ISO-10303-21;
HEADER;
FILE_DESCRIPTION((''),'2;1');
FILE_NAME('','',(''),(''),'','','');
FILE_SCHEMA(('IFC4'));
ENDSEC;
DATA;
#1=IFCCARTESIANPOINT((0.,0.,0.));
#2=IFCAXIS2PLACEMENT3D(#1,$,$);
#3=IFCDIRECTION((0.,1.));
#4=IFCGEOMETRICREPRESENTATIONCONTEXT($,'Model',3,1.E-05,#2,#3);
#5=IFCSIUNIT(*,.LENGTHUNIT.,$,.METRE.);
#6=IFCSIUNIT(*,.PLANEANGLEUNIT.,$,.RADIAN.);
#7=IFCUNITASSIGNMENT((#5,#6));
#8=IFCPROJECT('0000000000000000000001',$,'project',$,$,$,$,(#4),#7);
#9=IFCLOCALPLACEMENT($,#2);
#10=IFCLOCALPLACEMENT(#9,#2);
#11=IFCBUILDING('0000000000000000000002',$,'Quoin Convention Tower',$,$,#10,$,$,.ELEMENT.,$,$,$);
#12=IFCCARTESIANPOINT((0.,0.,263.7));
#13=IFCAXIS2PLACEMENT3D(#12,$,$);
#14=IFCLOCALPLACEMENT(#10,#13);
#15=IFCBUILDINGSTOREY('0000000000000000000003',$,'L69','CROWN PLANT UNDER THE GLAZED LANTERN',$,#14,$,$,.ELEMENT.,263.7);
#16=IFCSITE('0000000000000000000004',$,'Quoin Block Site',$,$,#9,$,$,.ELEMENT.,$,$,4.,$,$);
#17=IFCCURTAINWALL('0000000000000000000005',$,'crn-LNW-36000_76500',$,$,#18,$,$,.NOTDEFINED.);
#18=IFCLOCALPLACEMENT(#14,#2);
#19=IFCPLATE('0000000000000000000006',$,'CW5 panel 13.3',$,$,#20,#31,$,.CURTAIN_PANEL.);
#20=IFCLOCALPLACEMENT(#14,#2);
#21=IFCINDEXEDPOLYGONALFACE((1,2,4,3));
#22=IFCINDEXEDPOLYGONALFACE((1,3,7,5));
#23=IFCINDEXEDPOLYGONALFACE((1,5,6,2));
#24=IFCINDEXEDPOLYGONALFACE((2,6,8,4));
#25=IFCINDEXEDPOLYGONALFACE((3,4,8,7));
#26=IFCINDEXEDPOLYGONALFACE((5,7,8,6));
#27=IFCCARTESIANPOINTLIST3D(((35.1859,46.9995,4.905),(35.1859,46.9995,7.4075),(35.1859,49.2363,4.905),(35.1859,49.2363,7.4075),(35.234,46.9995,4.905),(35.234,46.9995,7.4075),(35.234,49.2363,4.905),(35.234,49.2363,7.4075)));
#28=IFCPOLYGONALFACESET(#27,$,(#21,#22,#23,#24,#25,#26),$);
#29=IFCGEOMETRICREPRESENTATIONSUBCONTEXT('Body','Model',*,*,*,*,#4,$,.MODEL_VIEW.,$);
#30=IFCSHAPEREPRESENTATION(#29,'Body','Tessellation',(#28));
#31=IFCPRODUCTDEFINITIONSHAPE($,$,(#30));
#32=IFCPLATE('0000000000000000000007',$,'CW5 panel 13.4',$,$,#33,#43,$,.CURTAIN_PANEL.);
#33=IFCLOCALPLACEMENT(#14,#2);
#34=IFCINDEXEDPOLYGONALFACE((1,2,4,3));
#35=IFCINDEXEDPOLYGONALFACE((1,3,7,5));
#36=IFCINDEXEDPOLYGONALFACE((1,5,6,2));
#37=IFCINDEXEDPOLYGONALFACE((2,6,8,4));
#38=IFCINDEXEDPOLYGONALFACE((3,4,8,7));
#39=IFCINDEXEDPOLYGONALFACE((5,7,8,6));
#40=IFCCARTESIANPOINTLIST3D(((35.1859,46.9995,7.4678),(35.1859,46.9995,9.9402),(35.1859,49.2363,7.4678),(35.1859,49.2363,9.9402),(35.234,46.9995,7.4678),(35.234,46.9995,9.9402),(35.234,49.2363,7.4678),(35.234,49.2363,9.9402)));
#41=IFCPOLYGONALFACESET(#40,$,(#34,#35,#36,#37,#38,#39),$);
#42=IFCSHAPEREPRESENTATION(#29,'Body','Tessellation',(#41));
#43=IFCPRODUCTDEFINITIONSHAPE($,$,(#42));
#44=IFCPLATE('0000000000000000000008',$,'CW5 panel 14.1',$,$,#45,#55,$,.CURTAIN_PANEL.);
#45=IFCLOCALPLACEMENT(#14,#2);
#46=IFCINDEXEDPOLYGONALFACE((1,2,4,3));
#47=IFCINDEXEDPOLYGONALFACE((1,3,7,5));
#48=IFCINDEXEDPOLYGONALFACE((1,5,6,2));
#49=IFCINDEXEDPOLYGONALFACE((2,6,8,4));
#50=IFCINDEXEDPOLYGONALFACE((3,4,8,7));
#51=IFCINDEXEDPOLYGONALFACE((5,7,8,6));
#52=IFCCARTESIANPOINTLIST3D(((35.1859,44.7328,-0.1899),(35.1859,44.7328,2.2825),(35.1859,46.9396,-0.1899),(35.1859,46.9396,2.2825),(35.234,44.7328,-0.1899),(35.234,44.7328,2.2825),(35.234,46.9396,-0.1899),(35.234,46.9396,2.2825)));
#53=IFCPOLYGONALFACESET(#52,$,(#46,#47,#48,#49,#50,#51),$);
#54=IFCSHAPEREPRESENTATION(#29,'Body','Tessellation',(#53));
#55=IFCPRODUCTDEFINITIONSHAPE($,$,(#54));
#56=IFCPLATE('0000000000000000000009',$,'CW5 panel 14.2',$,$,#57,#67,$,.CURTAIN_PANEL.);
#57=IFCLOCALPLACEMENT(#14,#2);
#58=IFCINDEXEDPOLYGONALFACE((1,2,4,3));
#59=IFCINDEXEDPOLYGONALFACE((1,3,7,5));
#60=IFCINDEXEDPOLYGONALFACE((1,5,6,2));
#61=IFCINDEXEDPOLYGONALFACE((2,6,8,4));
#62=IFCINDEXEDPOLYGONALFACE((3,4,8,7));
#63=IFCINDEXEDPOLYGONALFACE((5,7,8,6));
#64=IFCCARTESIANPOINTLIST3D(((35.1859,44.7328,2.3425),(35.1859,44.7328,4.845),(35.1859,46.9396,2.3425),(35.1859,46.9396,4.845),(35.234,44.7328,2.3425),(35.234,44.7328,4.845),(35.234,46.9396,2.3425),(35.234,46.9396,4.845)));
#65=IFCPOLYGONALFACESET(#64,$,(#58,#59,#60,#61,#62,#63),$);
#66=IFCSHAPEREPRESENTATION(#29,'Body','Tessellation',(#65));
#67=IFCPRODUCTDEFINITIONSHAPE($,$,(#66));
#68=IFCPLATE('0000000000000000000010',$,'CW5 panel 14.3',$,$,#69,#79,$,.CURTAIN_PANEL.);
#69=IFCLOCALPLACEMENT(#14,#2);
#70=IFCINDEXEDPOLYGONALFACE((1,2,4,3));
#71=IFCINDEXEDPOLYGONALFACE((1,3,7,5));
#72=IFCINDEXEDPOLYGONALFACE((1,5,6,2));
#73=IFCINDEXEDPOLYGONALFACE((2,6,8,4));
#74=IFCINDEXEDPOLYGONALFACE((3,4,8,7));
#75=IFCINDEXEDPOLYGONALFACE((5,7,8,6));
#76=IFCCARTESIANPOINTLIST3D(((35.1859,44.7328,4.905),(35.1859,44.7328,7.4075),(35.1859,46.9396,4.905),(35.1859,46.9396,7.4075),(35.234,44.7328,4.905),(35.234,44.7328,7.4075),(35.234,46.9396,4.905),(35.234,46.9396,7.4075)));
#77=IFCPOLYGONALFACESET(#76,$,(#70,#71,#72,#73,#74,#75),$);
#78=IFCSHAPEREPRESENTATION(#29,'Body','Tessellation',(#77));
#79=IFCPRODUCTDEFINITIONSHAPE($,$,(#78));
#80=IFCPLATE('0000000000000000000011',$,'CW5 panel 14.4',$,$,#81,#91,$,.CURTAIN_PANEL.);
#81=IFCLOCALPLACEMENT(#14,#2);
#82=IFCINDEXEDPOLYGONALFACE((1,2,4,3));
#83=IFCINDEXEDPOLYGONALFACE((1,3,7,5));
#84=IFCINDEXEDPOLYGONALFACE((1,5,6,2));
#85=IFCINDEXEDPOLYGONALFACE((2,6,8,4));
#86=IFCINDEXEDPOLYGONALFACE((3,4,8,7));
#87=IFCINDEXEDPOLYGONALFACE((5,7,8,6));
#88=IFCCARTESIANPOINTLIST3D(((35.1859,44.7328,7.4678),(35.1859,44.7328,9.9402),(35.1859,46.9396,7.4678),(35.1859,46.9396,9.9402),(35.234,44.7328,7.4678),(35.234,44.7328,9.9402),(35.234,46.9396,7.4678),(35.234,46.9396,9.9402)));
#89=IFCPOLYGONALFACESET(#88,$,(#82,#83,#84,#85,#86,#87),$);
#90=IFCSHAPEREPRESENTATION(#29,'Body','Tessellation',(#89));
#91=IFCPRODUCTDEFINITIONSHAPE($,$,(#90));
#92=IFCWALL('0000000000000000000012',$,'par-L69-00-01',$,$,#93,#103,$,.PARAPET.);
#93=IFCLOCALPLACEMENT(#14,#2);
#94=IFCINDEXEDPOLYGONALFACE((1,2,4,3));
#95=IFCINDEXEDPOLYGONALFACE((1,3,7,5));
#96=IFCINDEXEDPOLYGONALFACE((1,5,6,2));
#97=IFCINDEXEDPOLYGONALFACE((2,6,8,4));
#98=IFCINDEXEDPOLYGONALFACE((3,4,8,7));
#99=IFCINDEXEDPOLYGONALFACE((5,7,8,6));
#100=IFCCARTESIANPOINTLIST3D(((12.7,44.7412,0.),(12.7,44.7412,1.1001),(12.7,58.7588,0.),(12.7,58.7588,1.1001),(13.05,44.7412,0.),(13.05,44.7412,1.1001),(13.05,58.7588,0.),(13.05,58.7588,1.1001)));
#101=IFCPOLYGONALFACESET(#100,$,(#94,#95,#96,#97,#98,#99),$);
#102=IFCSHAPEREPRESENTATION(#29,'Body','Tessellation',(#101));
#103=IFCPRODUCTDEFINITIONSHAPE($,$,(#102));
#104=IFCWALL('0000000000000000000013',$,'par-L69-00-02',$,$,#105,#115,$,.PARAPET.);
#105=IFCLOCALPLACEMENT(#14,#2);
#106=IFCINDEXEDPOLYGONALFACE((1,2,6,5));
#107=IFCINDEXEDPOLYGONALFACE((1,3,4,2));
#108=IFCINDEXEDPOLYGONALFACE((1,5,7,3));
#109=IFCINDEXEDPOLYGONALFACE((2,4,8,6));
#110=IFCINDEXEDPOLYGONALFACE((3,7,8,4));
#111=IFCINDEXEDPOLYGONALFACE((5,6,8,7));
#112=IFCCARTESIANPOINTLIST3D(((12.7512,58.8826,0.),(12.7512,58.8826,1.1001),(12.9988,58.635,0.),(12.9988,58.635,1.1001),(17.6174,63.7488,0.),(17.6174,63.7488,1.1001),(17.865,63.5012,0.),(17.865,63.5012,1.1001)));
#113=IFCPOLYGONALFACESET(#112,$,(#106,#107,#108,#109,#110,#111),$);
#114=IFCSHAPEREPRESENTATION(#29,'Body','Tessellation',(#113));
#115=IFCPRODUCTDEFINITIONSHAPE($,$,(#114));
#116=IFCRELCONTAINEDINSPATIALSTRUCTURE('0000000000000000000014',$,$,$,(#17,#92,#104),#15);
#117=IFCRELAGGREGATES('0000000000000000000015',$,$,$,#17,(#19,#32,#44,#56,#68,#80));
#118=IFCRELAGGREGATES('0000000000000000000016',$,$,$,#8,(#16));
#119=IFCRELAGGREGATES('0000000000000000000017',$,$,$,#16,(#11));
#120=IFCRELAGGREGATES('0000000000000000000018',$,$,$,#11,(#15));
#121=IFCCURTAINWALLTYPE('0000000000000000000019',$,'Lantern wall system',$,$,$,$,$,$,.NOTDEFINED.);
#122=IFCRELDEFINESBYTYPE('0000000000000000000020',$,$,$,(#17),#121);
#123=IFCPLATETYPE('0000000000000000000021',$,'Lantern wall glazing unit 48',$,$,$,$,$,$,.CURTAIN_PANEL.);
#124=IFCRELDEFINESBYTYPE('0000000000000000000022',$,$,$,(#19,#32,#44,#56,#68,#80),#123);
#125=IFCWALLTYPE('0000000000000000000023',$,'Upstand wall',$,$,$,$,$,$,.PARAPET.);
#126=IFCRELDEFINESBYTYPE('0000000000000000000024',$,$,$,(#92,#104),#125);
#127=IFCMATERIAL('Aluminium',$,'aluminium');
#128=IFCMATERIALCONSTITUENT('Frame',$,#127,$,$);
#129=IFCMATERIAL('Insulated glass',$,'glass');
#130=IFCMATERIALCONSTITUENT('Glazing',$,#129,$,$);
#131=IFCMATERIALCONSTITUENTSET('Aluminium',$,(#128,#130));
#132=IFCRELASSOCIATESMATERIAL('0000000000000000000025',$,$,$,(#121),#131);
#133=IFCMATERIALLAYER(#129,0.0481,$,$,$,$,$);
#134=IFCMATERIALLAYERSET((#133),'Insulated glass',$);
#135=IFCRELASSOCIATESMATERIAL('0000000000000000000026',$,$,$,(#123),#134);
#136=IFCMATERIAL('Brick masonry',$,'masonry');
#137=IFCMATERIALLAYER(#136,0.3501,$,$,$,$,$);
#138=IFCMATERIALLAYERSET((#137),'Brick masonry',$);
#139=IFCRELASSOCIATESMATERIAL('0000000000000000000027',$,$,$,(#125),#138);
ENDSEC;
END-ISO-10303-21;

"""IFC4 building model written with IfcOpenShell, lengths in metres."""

from ifc_helpers import new_model, si_unit, direction, frame, frame_2d, origin, origin_2d, place, context, subcontext, project, spatial, rectangle, extrude, material, layer, layer_set, constituent, constituent_set, type_object, element, aggregate, save


model = new_model("IFC4")

# Units and contexts
model_context = context("Model", 3, precision=1e-05, world=origin(), true_north=direction((0.0, 1.0)))
body_context = subcontext(model_context, "Body", "Model", "MODEL_VIEW")
ifc_project = project(units=[si_unit("LENGTHUNIT", "METRE"), si_unit("PLANEANGLEUNIT", "RADIAN")], contexts=[model_context])

# Site, building, storey
site_placement = place(None, origin())
site = spatial("IfcSite", under=ifc_project, at=site_placement, Name="Quoin Block Site", CompositionType="ELEMENT", RefElevation=4.0)
building_placement = place(site_placement, origin())
building = spatial("IfcBuilding", under=site, at=building_placement, Name="Quoin Convention Tower", CompositionType="ELEMENT")
storey_placement = place(building_placement, frame((0.0, 0.0, 263.7)))
storey = spatial("IfcBuildingStorey", under=building, at=storey_placement, Name="L69", Description="CROWN PLANT UNDER THE GLAZED LANTERN", CompositionType="ELEMENT", Elevation=263.7)

# Curtain wall
ifc_material_1 = material(Name="Aluminium", Category="aluminium")
ifc_constituent_1 = constituent(ifc_material_1, Name="Frame")
ifc_material_2 = material(Name="Insulated glass", Category="glass")
ifc_constituent_2 = constituent(ifc_material_2, Name="Glazing")
ifc_constituent_set = constituent_set(constituents=[ifc_constituent_1, ifc_constituent_2], Name="Aluminium")
curtain_wall_type = type_object("IfcCurtainWallType", Name="Lantern wall system", PredefinedType="NOTDEFINED", material=ifc_constituent_set)
curtain_wall_placement = place(storey_placement, origin())
curtain_wall = element("IfcCurtainWall", 1, at=curtain_wall_placement, inside=storey, type_object=curtain_wall_type, Name="crn-LNW-36000_76500", PredefinedType="NOTDEFINED")

# Plates
ifc_layer_1 = layer(ifc_material_2, 0.0481)
ifc_layer_set_1 = layer_set([ifc_layer_1], Name="Insulated glass")
plate_type = type_object("IfcPlateType", Name="Lantern wall glazing unit 48", PredefinedType="CURTAIN_PANEL", material=ifc_layer_set_1)
plate_1_placement = place(storey_placement, frame((35.21, 48.1179, 4.905), z_axis=(0.0, 0.0, 1.0), x_axis=(0.0, -1.0, 0.0)))
plate_1 = element("IfcPlate", 2, at=plate_1_placement, type_object=plate_type, Name="CW5 panel 13.3", PredefinedType="CURTAIN_PANEL", context=body_context, shape_type="SweptSolid", body=[
    extrude(rectangle(XDim=2.2368, YDim=0.0481, at=origin_2d()), origin(), (0.0, 0.0, 1.0), 2.5024),
])
plate_2_placement = place(storey_placement, frame((35.21, 48.1179, 7.4678), z_axis=(0.0, 0.0, 1.0), x_axis=(0.0, -1.0, 0.0)))
plate_2 = element("IfcPlate", 3, at=plate_2_placement, type_object=plate_type, Name="CW5 panel 13.4", PredefinedType="CURTAIN_PANEL", context=body_context, shape_type="SweptSolid", body=[
    extrude(rectangle(XDim=2.2368, YDim=0.0481, at=origin_2d()), origin(), (0.0, 0.0, 1.0), 2.4724),
])
plate_3_placement = place(storey_placement, frame((35.21, 45.8362, -0.1899), z_axis=(0.0, 0.0, 1.0), x_axis=(0.0, -1.0, 0.0)))
plate_3 = element("IfcPlate", 4, at=plate_3_placement, type_object=plate_type, Name="CW5 panel 14.1", PredefinedType="CURTAIN_PANEL", context=body_context, shape_type="SweptSolid", body=[
    extrude(rectangle(XDim=2.2068, YDim=0.0481, at=origin_2d()), origin(), (0.0, 0.0, 1.0), 2.4724),
])
plate_4_placement = place(storey_placement, frame((35.21, 45.8362, 2.3425), z_axis=(0.0, 0.0, 1.0), x_axis=(0.0, -1.0, 0.0)))
plate_4 = element("IfcPlate", 5, at=plate_4_placement, type_object=plate_type, Name="CW5 panel 14.2", PredefinedType="CURTAIN_PANEL", context=body_context, shape_type="SweptSolid", body=[
    extrude(rectangle(XDim=2.2068, YDim=0.0481, at=origin_2d()), origin(), (0.0, 0.0, 1.0), 2.5024),
])
plate_5_placement = place(storey_placement, frame((35.21, 45.8362, 4.905), z_axis=(0.0, 0.0, 1.0), x_axis=(0.0, -1.0, 0.0)))
plate_5 = element("IfcPlate", 6, at=plate_5_placement, type_object=plate_type, Name="CW5 panel 14.3", PredefinedType="CURTAIN_PANEL", context=body_context, shape_type="SweptSolid", body=[
    extrude(rectangle(XDim=2.2068, YDim=0.0481, at=origin_2d()), origin(), (0.0, 0.0, 1.0), 2.5024),
])
plate_6_placement = place(storey_placement, frame((35.21, 45.8362, 7.4678), z_axis=(0.0, 0.0, 1.0), x_axis=(0.0, -1.0, 0.0)))
plate_6 = element("IfcPlate", 7, at=plate_6_placement, type_object=plate_type, Name="CW5 panel 14.4", PredefinedType="CURTAIN_PANEL", context=body_context, shape_type="SweptSolid", body=[
    extrude(rectangle(XDim=2.2068, YDim=0.0481, at=origin_2d()), origin(), (0.0, 0.0, 1.0), 2.4724),
])
aggregate(curtain_wall, [plate_1, plate_2, plate_3, plate_4, plate_5, plate_6])

# Walls
ifc_material_3 = material(Name="Brick masonry", Category="masonry")
ifc_layer_2 = layer(ifc_material_3, 0.3501)
ifc_layer_set_2 = layer_set([ifc_layer_2], Name="Brick masonry")
wall_type = type_object("IfcWallType", Name="Upstand wall", PredefinedType="PARAPET", material=ifc_layer_set_2)
wall_1_placement = place(storey_placement, frame((12.875, 44.7412, 0.0), z_axis=(0.0, 0.0, 1.0), x_axis=(0.0, 1.0, 0.0)))
element("IfcWall", 8, at=wall_1_placement, inside=storey, type_object=wall_type, Name="par-L69-00-01", PredefinedType="PARAPET", context=body_context, shape_type="SweptSolid", body=[
    extrude(rectangle(XDim=14.0176, YDim=0.3501, at=frame_2d((7.0088, 0.0))), origin(), (0.0, 0.0, 1.0), 1.1001),
])
wall_2_placement = place(storey_placement, frame((12.875, 58.7588, 0.0), z_axis=(0.0, 0.0, 1.0), x_axis=(0.707107, 0.707107, 0.0)))
element("IfcWall", 9, at=wall_2_placement, inside=storey, type_object=wall_type, Name="par-L69-00-02", PredefinedType="PARAPET", context=body_context, shape_type="SweptSolid", body=[
    extrude(rectangle(XDim=6.8818, YDim=0.3501, at=frame_2d((3.4409, 0.0))), origin(), (0.0, 0.0, 1.0), 1.1001),
])

save(model, "model.ifc")
